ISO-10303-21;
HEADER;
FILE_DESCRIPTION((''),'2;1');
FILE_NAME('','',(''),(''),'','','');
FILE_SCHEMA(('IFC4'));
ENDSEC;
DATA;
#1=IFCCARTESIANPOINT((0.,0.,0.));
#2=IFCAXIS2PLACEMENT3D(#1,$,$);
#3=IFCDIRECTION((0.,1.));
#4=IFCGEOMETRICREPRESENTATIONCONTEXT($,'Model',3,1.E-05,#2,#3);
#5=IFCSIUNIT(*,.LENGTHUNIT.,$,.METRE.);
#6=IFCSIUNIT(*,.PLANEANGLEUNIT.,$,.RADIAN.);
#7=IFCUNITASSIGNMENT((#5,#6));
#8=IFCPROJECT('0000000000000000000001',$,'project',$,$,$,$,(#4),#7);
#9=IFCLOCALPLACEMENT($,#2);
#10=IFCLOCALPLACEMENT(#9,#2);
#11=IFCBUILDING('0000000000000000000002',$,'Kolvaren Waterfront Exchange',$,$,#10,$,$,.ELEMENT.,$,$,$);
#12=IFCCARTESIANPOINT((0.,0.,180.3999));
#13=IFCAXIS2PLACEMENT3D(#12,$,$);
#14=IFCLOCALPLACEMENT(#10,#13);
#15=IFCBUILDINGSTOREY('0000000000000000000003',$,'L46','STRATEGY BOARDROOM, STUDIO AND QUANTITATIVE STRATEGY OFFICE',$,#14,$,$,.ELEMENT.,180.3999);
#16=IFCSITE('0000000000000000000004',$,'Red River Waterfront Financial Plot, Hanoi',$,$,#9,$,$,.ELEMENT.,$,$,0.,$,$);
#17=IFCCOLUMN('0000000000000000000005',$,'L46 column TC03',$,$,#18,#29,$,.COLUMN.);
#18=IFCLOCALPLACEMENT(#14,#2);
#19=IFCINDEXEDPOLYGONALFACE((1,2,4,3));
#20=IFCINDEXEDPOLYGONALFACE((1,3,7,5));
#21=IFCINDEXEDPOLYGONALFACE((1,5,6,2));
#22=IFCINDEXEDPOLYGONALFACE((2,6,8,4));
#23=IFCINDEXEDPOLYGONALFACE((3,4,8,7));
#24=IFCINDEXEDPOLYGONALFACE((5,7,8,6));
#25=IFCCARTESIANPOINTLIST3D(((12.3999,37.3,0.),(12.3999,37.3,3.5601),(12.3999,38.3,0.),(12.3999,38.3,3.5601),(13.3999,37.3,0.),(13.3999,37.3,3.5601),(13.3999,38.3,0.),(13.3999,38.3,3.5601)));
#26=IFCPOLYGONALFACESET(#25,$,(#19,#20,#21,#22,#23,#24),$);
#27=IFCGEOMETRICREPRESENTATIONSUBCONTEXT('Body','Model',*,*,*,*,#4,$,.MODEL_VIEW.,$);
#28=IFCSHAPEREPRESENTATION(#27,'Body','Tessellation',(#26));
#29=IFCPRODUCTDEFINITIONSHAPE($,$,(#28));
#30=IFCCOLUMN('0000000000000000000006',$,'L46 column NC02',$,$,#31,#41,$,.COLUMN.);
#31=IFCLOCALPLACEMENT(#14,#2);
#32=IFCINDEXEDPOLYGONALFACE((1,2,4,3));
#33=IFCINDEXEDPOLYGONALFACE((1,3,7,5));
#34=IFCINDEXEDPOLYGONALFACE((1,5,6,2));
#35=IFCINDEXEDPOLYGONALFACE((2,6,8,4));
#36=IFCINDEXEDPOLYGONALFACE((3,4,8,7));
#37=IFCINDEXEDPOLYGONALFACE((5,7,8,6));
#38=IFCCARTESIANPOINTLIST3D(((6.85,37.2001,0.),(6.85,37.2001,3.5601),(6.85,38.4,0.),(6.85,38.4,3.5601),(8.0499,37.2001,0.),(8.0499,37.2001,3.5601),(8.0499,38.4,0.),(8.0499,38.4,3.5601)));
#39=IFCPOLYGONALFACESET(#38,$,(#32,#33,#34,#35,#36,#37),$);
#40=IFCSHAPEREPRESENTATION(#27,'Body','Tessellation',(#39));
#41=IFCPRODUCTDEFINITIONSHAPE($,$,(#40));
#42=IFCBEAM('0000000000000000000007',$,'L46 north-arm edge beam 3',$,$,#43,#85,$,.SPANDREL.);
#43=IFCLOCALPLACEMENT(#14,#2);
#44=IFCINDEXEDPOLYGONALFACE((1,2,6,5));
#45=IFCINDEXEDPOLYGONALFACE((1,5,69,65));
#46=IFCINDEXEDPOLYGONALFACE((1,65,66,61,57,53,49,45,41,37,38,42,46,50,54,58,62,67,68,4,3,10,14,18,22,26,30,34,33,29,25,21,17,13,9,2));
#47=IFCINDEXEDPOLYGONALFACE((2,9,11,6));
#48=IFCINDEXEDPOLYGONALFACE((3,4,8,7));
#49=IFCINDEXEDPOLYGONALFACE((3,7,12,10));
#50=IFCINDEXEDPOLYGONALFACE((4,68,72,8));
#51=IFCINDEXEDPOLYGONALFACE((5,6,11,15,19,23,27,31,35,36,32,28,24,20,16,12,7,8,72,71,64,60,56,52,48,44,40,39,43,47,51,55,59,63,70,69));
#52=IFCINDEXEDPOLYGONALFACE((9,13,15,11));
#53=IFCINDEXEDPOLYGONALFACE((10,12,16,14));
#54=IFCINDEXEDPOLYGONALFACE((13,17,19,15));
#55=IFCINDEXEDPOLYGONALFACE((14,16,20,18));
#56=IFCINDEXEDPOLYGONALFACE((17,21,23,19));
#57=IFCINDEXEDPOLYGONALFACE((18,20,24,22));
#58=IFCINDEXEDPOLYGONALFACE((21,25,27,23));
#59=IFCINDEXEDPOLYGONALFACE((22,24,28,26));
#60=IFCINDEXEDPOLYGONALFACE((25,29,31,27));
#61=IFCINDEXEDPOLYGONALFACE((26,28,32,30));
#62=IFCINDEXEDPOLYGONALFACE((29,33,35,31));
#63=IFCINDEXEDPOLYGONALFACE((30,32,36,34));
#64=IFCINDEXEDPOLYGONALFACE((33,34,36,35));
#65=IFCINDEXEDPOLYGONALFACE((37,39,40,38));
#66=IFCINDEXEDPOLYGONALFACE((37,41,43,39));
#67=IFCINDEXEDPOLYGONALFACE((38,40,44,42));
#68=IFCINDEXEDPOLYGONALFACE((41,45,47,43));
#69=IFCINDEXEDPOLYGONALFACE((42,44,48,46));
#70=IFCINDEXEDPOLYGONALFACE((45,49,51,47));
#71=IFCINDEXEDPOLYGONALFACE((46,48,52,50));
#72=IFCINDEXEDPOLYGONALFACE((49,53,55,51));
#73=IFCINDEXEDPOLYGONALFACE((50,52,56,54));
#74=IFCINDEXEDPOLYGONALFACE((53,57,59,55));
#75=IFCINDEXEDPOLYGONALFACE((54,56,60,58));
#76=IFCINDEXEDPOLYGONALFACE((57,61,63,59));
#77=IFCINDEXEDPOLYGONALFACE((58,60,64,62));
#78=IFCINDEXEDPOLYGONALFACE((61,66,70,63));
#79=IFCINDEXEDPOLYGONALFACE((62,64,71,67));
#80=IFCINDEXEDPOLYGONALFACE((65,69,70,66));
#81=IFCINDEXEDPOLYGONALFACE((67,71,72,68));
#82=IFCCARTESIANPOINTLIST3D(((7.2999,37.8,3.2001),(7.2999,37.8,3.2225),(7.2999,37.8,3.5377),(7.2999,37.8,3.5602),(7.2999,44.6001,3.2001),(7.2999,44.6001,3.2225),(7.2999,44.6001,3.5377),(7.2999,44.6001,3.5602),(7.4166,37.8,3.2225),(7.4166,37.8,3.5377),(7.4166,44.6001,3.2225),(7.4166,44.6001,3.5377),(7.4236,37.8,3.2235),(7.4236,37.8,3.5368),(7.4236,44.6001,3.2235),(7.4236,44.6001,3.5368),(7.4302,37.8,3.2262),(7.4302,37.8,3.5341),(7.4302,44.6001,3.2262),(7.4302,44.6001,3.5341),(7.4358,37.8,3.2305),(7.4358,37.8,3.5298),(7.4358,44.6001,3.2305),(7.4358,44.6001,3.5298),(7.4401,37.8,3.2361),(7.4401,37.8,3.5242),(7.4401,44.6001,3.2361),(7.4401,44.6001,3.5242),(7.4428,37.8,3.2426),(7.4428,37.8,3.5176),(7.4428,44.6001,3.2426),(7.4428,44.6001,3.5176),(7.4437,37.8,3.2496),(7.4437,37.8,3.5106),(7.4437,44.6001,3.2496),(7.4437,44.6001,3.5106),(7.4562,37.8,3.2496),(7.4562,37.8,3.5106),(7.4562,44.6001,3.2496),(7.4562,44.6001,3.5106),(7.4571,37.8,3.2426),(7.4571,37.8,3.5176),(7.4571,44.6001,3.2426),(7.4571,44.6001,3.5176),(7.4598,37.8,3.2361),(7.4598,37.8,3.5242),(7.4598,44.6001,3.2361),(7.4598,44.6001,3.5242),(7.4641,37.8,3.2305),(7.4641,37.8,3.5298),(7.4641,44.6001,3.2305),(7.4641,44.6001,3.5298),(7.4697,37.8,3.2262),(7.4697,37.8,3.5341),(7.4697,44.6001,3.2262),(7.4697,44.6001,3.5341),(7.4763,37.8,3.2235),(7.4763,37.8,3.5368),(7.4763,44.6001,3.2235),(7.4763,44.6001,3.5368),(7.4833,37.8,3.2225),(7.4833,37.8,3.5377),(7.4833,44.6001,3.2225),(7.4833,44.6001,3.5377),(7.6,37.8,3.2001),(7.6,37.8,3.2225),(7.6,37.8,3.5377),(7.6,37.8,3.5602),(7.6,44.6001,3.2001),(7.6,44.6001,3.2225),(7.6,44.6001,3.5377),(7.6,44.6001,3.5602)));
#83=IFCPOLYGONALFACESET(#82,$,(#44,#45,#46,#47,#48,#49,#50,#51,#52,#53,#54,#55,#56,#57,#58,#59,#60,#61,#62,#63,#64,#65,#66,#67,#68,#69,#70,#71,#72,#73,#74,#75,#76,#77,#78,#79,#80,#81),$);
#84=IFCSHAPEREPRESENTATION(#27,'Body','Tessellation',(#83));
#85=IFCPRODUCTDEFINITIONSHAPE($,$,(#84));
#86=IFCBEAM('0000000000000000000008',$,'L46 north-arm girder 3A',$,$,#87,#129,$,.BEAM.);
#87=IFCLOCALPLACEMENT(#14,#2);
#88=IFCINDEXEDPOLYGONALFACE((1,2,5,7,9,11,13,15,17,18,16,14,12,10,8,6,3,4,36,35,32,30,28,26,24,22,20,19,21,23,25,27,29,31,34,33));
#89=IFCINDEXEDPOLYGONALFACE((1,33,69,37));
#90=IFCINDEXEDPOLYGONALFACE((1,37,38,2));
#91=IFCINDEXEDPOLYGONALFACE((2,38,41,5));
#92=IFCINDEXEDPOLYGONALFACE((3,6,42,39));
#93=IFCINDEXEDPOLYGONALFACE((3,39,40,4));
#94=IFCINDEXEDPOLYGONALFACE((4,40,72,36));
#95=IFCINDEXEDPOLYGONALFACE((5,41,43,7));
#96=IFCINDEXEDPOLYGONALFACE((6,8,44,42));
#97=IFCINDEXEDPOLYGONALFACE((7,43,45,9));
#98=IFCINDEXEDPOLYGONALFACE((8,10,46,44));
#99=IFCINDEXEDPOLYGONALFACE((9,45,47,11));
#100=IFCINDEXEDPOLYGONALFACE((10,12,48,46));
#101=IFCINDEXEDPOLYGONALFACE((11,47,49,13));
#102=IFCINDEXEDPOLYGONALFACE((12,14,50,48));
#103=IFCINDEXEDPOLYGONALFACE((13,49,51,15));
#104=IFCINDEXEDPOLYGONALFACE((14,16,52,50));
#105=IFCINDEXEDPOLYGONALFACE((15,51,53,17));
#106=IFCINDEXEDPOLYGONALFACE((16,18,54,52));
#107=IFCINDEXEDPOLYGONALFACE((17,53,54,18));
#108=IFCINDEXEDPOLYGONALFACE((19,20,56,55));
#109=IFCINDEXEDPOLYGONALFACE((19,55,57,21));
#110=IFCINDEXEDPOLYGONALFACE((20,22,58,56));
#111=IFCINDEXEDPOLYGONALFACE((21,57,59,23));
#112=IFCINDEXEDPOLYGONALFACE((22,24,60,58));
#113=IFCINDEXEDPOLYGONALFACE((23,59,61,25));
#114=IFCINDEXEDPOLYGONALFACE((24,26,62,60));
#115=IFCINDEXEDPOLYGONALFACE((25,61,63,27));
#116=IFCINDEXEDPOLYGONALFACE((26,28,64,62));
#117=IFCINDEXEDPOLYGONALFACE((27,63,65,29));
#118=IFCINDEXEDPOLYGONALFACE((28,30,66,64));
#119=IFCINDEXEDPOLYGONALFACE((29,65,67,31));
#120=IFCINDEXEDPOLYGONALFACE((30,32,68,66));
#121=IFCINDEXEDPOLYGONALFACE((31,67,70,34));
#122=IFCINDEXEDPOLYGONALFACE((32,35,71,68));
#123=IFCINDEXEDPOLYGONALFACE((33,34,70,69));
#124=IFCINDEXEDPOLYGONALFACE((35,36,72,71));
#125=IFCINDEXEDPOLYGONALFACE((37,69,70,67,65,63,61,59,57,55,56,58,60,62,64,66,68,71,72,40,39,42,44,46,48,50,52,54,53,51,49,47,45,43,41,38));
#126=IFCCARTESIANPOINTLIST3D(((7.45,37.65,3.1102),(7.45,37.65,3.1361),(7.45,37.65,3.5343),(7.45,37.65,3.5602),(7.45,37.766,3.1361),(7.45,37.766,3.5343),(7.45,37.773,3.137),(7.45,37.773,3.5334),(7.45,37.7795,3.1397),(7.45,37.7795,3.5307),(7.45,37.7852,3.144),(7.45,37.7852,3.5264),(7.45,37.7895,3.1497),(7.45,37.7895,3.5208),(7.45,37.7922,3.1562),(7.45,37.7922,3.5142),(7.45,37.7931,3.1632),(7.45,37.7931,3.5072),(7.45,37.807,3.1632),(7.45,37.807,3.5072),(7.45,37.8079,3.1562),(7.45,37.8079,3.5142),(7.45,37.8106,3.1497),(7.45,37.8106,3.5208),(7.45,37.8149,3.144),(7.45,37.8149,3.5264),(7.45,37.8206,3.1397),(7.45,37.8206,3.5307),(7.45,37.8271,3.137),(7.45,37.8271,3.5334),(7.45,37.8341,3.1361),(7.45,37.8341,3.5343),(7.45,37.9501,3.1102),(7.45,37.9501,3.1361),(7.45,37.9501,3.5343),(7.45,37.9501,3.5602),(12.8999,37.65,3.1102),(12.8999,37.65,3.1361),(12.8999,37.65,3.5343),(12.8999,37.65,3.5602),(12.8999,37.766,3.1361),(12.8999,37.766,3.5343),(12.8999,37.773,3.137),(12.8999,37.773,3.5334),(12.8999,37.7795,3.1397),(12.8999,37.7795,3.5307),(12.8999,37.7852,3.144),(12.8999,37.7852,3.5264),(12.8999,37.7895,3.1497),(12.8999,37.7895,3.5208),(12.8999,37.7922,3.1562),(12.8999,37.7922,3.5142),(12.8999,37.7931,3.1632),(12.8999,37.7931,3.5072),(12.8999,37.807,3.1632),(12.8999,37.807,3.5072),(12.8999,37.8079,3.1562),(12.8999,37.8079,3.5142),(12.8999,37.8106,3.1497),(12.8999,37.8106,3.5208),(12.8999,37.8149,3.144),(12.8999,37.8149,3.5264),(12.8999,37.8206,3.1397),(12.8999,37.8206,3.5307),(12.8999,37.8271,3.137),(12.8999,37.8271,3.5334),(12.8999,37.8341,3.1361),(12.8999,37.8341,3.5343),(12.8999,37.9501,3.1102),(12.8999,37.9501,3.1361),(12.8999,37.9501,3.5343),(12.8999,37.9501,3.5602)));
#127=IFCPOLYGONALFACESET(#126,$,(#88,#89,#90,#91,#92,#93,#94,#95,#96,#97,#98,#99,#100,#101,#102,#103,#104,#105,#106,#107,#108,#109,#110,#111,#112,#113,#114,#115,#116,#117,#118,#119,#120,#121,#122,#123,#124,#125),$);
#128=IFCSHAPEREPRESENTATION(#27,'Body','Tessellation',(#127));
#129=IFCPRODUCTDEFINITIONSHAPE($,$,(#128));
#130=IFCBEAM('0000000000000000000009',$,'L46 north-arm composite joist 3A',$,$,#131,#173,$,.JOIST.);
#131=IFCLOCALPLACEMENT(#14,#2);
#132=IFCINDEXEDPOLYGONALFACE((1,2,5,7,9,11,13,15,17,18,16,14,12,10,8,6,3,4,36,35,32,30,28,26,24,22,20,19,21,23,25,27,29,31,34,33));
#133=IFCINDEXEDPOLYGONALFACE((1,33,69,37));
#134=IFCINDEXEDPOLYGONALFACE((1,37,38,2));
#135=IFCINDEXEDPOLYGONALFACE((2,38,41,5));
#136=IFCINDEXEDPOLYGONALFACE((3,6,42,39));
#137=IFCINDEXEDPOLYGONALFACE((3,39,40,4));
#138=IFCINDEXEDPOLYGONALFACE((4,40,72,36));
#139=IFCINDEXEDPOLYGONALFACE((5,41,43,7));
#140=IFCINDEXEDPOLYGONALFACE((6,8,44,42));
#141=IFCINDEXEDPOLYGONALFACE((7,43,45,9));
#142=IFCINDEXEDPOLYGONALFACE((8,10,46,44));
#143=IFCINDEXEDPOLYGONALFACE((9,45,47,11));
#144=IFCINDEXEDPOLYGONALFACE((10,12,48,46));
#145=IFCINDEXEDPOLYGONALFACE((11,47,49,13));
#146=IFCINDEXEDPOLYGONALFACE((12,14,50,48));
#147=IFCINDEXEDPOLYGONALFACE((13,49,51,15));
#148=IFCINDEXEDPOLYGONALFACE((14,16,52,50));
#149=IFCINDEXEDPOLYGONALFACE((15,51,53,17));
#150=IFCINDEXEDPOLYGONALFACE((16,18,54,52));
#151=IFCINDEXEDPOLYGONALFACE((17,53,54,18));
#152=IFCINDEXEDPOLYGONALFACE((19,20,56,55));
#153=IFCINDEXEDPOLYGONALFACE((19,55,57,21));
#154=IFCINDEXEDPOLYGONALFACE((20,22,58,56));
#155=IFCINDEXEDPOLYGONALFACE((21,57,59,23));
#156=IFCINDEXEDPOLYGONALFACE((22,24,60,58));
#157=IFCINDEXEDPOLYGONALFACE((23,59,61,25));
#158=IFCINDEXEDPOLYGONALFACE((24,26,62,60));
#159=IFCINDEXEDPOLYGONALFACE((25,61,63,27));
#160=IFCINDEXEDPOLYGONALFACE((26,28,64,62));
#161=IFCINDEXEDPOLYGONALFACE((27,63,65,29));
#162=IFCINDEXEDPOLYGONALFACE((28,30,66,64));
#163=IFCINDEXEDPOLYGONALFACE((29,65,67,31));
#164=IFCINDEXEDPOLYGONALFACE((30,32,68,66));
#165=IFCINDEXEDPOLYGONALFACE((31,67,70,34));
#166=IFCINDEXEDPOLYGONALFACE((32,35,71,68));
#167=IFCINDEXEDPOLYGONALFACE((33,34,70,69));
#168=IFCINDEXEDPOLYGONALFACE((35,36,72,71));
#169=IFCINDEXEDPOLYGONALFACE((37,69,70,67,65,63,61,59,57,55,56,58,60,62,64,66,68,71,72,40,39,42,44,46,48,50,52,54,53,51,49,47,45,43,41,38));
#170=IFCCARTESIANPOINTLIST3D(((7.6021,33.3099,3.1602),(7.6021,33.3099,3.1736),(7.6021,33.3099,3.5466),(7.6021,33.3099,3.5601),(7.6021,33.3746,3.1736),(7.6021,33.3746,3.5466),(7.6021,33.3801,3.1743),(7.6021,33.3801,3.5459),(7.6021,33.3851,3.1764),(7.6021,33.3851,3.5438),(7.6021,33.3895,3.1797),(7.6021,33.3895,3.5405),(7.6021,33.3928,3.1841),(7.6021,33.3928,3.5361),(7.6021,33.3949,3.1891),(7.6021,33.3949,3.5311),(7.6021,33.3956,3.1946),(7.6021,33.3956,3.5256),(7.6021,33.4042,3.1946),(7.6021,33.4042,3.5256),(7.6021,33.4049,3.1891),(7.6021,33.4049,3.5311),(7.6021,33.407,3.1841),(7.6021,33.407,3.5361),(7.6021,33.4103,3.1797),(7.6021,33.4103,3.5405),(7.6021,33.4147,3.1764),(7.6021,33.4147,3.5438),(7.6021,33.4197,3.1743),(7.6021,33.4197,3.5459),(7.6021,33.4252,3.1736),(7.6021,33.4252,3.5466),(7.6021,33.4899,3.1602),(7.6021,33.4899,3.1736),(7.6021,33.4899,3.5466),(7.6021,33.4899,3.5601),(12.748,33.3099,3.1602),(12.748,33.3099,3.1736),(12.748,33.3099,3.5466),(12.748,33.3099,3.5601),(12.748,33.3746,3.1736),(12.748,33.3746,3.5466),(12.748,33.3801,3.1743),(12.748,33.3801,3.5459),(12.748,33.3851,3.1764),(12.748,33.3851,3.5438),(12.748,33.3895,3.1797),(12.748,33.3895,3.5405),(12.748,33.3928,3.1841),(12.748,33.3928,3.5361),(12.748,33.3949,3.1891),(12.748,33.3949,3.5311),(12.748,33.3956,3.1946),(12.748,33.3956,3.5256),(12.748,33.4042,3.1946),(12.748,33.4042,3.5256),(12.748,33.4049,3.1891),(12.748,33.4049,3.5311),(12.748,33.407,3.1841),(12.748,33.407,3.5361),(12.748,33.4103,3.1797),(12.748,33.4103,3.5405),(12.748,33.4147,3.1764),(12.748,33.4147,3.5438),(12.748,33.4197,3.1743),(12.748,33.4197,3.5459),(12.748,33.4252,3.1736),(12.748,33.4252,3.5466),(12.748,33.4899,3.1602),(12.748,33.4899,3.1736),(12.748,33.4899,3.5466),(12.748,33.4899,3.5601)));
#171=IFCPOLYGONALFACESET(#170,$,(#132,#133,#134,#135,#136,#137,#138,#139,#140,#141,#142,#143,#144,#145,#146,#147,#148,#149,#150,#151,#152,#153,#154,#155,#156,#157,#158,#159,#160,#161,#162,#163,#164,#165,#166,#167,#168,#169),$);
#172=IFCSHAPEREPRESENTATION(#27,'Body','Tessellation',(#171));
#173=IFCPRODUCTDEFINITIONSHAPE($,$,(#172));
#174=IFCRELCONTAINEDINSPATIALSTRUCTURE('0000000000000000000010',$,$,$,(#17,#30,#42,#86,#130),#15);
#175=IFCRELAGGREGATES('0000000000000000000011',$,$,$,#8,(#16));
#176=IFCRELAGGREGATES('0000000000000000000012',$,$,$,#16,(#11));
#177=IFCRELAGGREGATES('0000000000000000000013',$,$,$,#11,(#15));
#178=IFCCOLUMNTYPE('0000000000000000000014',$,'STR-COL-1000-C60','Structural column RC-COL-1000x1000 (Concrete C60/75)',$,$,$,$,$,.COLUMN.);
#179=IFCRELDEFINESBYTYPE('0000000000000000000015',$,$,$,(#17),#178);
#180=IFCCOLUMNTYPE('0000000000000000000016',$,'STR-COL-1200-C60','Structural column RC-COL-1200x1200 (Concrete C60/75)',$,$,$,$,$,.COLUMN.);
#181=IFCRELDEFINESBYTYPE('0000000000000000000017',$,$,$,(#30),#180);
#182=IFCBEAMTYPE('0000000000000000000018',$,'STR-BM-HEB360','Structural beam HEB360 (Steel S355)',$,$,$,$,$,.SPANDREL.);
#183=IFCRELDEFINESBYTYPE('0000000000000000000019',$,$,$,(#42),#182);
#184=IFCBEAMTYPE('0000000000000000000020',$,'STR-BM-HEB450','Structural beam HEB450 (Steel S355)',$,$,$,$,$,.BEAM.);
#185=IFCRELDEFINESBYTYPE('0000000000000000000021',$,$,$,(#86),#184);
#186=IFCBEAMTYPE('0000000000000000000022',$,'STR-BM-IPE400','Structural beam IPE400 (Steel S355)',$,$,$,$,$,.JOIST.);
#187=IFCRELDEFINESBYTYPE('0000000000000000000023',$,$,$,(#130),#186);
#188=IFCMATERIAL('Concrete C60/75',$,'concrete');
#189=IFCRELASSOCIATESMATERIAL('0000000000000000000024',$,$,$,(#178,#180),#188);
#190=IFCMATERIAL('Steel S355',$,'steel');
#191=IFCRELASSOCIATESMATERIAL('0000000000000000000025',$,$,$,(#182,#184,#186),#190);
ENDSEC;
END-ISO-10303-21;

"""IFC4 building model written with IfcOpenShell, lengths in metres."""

from ifc_helpers import new_model, si_unit, direction, frame, origin, origin_2d, place, context, subcontext, project, spatial, rectangle, i_section, extrude, material, material_profile, profile_set, type_object, element, save


model = new_model("IFC4")

# Units and contexts
model_context = context("Model", 3, precision=1e-05, world=origin(), true_north=direction((0.0, 1.0)))
body_context = subcontext(model_context, "Body", "Model", "MODEL_VIEW")
ifc_project = project(units=[si_unit("LENGTHUNIT", "METRE"), si_unit("PLANEANGLEUNIT", "RADIAN")], contexts=[model_context])

# Site, building, storey
site_placement = place(None, origin())
site = spatial("IfcSite", under=ifc_project, at=site_placement, Name="Red River Waterfront Financial Plot, Hanoi", CompositionType="ELEMENT", RefElevation=0.0)
building_placement = place(site_placement, origin())
building = spatial("IfcBuilding", under=site, at=building_placement, Name="Kolvaren Waterfront Exchange", CompositionType="ELEMENT")
storey_placement = place(building_placement, frame((0.0, 0.0, 180.3999)))
storey = spatial("IfcBuildingStorey", under=building, at=storey_placement, Name="L46", Description="STRATEGY BOARDROOM, STUDIO AND QUANTITATIVE STRATEGY OFFICE", CompositionType="ELEMENT", Elevation=180.3999)

# Columns
ifc_material_1 = material(Name="Concrete C60/75", Category="concrete")
ifc_material_profile_1 = material_profile(ifc_material_1, rectangle(XDim=1.0, YDim=1.0, at=origin_2d()), Name="RC-COL-1000x1000")
ifc_profile_set_1 = profile_set([ifc_material_profile_1], Name="Concrete C60/75")
column_type_1 = type_object("IfcColumnType", Name="STR-COL-1000-C60", Description="Structural column RC-COL-1000x1000 (Concrete C60/75)", PredefinedType="COLUMN", material=ifc_profile_set_1)
column_1_placement = place(storey_placement, frame((12.8999, 37.8, 0.0), z_axis=(0.0, 0.0, 1.0), x_axis=(1.0, 0.0, 0.0)))
element("IfcColumn", 1, at=column_1_placement, inside=storey, type_object=column_type_1, Name="L46 column TC03", PredefinedType="COLUMN", context=body_context, shape_type="SweptSolid", body=[
    extrude(rectangle(XDim=1.0, YDim=1.0, at=origin_2d()), origin(), (0.0, 0.0, 1.0), 3.5601),
])
ifc_material_profile_2 = material_profile(ifc_material_1, rectangle(XDim=1.2, YDim=1.2, at=origin_2d()), Name="RC-COL-1200x1200")
ifc_profile_set_2 = profile_set([ifc_material_profile_2], Name="Concrete C60/75")
column_type_2 = type_object("IfcColumnType", Name="STR-COL-1200-C60", Description="Structural column RC-COL-1200x1200 (Concrete C60/75)", PredefinedType="COLUMN", material=ifc_profile_set_2)
column_2_placement = place(storey_placement, frame((7.45, 37.8, 0.0), z_axis=(0.0, 0.0, 1.0), x_axis=(1.0, 0.0, 0.0)))
element("IfcColumn", 2, at=column_2_placement, inside=storey, type_object=column_type_2, Name="L46 column NC02", PredefinedType="COLUMN", context=body_context, shape_type="SweptSolid", body=[
    extrude(rectangle(XDim=1.2, YDim=1.2, at=origin_2d()), origin(), (0.0, 0.0, 1.0), 3.5601),
])

# Beams
ifc_material_2 = material(Name="Steel S355", Category="steel")
ifc_material_profile_3 = material_profile(ifc_material_2, i_section(OverallWidth=0.3, OverallDepth=0.3601, WebThickness=0.0125, FlangeThickness=0.0225, FilletRadius=0.0271, at=origin_2d()), Name="HEB360")
ifc_profile_set_3 = profile_set([ifc_material_profile_3], Name="Steel S355")
beam_type_1 = type_object("IfcBeamType", Name="STR-BM-HEB360", Description="Structural beam HEB360 (Steel S355)", PredefinedType="SPANDREL", material=ifc_profile_set_3)
beam_1_placement = place(storey_placement, frame((7.45, 37.8, 3.3801), z_axis=(0.0, 1.0, 0.0), x_axis=(-1.0, 0.0, 0.0)))
element("IfcBeam", 3, at=beam_1_placement, inside=storey, type_object=beam_type_1, Name="L46 north-arm edge beam 3", PredefinedType="SPANDREL", context=body_context, shape_type="SweptSolid", body=[
    extrude(i_section(OverallWidth=0.3, OverallDepth=0.3601, WebThickness=0.0125, FlangeThickness=0.0225, FilletRadius=0.0271, at=origin_2d()), origin(), (0.0, 0.0, 1.0), 6.8),
])
ifc_material_profile_4 = material_profile(ifc_material_2, i_section(OverallWidth=0.3, OverallDepth=0.45, WebThickness=0.0139, FlangeThickness=0.0259, FilletRadius=0.0271, at=origin_2d()), Name="HEB450")
ifc_profile_set_4 = profile_set([ifc_material_profile_4], Name="Steel S355")
beam_type_2 = type_object("IfcBeamType", Name="STR-BM-HEB450", Description="Structural beam HEB450 (Steel S355)", PredefinedType="BEAM", material=ifc_profile_set_4)
beam_2_placement = place(storey_placement, frame((7.45, 37.8, 3.3352), z_axis=(1.0, 0.0, 0.0), x_axis=(0.0, 1.0, 0.0)))
element("IfcBeam", 4, at=beam_2_placement, inside=storey, type_object=beam_type_2, Name="L46 north-arm girder 3A", PredefinedType="BEAM", context=body_context, shape_type="SweptSolid", body=[
    extrude(i_section(OverallWidth=0.3, OverallDepth=0.45, WebThickness=0.0139, FlangeThickness=0.0259, FilletRadius=0.0271, at=origin_2d()), origin(), (0.0, 0.0, 1.0), 5.45),
])
ifc_material_profile_5 = material_profile(ifc_material_2, i_section(OverallWidth=0.1799, OverallDepth=0.3999, WebThickness=0.0085, FlangeThickness=0.0134, FilletRadius=0.021, at=origin_2d()), Name="IPE400")
ifc_profile_set_5 = profile_set([ifc_material_profile_5], Name="Steel S355")
beam_type_3 = type_object("IfcBeamType", Name="STR-BM-IPE400", Description="Structural beam IPE400 (Steel S355)", PredefinedType="JOIST", material=ifc_profile_set_5)
beam_3_placement = place(storey_placement, frame((7.6021, 33.3999, 3.3601), z_axis=(1.0, 0.0, 0.0), x_axis=(0.0, 1.0, 0.0)))
element("IfcBeam", 5, at=beam_3_placement, inside=storey, type_object=beam_type_3, Name="L46 north-arm composite joist 3A", PredefinedType="JOIST", context=body_context, shape_type="SweptSolid", body=[
    extrude(i_section(OverallWidth=0.1799, OverallDepth=0.3999, WebThickness=0.0085, FlangeThickness=0.0134, FilletRadius=0.021, at=origin_2d()), origin(), (0.0, 0.0, 1.0), 5.146),
])

save(model, "model.ifc")
